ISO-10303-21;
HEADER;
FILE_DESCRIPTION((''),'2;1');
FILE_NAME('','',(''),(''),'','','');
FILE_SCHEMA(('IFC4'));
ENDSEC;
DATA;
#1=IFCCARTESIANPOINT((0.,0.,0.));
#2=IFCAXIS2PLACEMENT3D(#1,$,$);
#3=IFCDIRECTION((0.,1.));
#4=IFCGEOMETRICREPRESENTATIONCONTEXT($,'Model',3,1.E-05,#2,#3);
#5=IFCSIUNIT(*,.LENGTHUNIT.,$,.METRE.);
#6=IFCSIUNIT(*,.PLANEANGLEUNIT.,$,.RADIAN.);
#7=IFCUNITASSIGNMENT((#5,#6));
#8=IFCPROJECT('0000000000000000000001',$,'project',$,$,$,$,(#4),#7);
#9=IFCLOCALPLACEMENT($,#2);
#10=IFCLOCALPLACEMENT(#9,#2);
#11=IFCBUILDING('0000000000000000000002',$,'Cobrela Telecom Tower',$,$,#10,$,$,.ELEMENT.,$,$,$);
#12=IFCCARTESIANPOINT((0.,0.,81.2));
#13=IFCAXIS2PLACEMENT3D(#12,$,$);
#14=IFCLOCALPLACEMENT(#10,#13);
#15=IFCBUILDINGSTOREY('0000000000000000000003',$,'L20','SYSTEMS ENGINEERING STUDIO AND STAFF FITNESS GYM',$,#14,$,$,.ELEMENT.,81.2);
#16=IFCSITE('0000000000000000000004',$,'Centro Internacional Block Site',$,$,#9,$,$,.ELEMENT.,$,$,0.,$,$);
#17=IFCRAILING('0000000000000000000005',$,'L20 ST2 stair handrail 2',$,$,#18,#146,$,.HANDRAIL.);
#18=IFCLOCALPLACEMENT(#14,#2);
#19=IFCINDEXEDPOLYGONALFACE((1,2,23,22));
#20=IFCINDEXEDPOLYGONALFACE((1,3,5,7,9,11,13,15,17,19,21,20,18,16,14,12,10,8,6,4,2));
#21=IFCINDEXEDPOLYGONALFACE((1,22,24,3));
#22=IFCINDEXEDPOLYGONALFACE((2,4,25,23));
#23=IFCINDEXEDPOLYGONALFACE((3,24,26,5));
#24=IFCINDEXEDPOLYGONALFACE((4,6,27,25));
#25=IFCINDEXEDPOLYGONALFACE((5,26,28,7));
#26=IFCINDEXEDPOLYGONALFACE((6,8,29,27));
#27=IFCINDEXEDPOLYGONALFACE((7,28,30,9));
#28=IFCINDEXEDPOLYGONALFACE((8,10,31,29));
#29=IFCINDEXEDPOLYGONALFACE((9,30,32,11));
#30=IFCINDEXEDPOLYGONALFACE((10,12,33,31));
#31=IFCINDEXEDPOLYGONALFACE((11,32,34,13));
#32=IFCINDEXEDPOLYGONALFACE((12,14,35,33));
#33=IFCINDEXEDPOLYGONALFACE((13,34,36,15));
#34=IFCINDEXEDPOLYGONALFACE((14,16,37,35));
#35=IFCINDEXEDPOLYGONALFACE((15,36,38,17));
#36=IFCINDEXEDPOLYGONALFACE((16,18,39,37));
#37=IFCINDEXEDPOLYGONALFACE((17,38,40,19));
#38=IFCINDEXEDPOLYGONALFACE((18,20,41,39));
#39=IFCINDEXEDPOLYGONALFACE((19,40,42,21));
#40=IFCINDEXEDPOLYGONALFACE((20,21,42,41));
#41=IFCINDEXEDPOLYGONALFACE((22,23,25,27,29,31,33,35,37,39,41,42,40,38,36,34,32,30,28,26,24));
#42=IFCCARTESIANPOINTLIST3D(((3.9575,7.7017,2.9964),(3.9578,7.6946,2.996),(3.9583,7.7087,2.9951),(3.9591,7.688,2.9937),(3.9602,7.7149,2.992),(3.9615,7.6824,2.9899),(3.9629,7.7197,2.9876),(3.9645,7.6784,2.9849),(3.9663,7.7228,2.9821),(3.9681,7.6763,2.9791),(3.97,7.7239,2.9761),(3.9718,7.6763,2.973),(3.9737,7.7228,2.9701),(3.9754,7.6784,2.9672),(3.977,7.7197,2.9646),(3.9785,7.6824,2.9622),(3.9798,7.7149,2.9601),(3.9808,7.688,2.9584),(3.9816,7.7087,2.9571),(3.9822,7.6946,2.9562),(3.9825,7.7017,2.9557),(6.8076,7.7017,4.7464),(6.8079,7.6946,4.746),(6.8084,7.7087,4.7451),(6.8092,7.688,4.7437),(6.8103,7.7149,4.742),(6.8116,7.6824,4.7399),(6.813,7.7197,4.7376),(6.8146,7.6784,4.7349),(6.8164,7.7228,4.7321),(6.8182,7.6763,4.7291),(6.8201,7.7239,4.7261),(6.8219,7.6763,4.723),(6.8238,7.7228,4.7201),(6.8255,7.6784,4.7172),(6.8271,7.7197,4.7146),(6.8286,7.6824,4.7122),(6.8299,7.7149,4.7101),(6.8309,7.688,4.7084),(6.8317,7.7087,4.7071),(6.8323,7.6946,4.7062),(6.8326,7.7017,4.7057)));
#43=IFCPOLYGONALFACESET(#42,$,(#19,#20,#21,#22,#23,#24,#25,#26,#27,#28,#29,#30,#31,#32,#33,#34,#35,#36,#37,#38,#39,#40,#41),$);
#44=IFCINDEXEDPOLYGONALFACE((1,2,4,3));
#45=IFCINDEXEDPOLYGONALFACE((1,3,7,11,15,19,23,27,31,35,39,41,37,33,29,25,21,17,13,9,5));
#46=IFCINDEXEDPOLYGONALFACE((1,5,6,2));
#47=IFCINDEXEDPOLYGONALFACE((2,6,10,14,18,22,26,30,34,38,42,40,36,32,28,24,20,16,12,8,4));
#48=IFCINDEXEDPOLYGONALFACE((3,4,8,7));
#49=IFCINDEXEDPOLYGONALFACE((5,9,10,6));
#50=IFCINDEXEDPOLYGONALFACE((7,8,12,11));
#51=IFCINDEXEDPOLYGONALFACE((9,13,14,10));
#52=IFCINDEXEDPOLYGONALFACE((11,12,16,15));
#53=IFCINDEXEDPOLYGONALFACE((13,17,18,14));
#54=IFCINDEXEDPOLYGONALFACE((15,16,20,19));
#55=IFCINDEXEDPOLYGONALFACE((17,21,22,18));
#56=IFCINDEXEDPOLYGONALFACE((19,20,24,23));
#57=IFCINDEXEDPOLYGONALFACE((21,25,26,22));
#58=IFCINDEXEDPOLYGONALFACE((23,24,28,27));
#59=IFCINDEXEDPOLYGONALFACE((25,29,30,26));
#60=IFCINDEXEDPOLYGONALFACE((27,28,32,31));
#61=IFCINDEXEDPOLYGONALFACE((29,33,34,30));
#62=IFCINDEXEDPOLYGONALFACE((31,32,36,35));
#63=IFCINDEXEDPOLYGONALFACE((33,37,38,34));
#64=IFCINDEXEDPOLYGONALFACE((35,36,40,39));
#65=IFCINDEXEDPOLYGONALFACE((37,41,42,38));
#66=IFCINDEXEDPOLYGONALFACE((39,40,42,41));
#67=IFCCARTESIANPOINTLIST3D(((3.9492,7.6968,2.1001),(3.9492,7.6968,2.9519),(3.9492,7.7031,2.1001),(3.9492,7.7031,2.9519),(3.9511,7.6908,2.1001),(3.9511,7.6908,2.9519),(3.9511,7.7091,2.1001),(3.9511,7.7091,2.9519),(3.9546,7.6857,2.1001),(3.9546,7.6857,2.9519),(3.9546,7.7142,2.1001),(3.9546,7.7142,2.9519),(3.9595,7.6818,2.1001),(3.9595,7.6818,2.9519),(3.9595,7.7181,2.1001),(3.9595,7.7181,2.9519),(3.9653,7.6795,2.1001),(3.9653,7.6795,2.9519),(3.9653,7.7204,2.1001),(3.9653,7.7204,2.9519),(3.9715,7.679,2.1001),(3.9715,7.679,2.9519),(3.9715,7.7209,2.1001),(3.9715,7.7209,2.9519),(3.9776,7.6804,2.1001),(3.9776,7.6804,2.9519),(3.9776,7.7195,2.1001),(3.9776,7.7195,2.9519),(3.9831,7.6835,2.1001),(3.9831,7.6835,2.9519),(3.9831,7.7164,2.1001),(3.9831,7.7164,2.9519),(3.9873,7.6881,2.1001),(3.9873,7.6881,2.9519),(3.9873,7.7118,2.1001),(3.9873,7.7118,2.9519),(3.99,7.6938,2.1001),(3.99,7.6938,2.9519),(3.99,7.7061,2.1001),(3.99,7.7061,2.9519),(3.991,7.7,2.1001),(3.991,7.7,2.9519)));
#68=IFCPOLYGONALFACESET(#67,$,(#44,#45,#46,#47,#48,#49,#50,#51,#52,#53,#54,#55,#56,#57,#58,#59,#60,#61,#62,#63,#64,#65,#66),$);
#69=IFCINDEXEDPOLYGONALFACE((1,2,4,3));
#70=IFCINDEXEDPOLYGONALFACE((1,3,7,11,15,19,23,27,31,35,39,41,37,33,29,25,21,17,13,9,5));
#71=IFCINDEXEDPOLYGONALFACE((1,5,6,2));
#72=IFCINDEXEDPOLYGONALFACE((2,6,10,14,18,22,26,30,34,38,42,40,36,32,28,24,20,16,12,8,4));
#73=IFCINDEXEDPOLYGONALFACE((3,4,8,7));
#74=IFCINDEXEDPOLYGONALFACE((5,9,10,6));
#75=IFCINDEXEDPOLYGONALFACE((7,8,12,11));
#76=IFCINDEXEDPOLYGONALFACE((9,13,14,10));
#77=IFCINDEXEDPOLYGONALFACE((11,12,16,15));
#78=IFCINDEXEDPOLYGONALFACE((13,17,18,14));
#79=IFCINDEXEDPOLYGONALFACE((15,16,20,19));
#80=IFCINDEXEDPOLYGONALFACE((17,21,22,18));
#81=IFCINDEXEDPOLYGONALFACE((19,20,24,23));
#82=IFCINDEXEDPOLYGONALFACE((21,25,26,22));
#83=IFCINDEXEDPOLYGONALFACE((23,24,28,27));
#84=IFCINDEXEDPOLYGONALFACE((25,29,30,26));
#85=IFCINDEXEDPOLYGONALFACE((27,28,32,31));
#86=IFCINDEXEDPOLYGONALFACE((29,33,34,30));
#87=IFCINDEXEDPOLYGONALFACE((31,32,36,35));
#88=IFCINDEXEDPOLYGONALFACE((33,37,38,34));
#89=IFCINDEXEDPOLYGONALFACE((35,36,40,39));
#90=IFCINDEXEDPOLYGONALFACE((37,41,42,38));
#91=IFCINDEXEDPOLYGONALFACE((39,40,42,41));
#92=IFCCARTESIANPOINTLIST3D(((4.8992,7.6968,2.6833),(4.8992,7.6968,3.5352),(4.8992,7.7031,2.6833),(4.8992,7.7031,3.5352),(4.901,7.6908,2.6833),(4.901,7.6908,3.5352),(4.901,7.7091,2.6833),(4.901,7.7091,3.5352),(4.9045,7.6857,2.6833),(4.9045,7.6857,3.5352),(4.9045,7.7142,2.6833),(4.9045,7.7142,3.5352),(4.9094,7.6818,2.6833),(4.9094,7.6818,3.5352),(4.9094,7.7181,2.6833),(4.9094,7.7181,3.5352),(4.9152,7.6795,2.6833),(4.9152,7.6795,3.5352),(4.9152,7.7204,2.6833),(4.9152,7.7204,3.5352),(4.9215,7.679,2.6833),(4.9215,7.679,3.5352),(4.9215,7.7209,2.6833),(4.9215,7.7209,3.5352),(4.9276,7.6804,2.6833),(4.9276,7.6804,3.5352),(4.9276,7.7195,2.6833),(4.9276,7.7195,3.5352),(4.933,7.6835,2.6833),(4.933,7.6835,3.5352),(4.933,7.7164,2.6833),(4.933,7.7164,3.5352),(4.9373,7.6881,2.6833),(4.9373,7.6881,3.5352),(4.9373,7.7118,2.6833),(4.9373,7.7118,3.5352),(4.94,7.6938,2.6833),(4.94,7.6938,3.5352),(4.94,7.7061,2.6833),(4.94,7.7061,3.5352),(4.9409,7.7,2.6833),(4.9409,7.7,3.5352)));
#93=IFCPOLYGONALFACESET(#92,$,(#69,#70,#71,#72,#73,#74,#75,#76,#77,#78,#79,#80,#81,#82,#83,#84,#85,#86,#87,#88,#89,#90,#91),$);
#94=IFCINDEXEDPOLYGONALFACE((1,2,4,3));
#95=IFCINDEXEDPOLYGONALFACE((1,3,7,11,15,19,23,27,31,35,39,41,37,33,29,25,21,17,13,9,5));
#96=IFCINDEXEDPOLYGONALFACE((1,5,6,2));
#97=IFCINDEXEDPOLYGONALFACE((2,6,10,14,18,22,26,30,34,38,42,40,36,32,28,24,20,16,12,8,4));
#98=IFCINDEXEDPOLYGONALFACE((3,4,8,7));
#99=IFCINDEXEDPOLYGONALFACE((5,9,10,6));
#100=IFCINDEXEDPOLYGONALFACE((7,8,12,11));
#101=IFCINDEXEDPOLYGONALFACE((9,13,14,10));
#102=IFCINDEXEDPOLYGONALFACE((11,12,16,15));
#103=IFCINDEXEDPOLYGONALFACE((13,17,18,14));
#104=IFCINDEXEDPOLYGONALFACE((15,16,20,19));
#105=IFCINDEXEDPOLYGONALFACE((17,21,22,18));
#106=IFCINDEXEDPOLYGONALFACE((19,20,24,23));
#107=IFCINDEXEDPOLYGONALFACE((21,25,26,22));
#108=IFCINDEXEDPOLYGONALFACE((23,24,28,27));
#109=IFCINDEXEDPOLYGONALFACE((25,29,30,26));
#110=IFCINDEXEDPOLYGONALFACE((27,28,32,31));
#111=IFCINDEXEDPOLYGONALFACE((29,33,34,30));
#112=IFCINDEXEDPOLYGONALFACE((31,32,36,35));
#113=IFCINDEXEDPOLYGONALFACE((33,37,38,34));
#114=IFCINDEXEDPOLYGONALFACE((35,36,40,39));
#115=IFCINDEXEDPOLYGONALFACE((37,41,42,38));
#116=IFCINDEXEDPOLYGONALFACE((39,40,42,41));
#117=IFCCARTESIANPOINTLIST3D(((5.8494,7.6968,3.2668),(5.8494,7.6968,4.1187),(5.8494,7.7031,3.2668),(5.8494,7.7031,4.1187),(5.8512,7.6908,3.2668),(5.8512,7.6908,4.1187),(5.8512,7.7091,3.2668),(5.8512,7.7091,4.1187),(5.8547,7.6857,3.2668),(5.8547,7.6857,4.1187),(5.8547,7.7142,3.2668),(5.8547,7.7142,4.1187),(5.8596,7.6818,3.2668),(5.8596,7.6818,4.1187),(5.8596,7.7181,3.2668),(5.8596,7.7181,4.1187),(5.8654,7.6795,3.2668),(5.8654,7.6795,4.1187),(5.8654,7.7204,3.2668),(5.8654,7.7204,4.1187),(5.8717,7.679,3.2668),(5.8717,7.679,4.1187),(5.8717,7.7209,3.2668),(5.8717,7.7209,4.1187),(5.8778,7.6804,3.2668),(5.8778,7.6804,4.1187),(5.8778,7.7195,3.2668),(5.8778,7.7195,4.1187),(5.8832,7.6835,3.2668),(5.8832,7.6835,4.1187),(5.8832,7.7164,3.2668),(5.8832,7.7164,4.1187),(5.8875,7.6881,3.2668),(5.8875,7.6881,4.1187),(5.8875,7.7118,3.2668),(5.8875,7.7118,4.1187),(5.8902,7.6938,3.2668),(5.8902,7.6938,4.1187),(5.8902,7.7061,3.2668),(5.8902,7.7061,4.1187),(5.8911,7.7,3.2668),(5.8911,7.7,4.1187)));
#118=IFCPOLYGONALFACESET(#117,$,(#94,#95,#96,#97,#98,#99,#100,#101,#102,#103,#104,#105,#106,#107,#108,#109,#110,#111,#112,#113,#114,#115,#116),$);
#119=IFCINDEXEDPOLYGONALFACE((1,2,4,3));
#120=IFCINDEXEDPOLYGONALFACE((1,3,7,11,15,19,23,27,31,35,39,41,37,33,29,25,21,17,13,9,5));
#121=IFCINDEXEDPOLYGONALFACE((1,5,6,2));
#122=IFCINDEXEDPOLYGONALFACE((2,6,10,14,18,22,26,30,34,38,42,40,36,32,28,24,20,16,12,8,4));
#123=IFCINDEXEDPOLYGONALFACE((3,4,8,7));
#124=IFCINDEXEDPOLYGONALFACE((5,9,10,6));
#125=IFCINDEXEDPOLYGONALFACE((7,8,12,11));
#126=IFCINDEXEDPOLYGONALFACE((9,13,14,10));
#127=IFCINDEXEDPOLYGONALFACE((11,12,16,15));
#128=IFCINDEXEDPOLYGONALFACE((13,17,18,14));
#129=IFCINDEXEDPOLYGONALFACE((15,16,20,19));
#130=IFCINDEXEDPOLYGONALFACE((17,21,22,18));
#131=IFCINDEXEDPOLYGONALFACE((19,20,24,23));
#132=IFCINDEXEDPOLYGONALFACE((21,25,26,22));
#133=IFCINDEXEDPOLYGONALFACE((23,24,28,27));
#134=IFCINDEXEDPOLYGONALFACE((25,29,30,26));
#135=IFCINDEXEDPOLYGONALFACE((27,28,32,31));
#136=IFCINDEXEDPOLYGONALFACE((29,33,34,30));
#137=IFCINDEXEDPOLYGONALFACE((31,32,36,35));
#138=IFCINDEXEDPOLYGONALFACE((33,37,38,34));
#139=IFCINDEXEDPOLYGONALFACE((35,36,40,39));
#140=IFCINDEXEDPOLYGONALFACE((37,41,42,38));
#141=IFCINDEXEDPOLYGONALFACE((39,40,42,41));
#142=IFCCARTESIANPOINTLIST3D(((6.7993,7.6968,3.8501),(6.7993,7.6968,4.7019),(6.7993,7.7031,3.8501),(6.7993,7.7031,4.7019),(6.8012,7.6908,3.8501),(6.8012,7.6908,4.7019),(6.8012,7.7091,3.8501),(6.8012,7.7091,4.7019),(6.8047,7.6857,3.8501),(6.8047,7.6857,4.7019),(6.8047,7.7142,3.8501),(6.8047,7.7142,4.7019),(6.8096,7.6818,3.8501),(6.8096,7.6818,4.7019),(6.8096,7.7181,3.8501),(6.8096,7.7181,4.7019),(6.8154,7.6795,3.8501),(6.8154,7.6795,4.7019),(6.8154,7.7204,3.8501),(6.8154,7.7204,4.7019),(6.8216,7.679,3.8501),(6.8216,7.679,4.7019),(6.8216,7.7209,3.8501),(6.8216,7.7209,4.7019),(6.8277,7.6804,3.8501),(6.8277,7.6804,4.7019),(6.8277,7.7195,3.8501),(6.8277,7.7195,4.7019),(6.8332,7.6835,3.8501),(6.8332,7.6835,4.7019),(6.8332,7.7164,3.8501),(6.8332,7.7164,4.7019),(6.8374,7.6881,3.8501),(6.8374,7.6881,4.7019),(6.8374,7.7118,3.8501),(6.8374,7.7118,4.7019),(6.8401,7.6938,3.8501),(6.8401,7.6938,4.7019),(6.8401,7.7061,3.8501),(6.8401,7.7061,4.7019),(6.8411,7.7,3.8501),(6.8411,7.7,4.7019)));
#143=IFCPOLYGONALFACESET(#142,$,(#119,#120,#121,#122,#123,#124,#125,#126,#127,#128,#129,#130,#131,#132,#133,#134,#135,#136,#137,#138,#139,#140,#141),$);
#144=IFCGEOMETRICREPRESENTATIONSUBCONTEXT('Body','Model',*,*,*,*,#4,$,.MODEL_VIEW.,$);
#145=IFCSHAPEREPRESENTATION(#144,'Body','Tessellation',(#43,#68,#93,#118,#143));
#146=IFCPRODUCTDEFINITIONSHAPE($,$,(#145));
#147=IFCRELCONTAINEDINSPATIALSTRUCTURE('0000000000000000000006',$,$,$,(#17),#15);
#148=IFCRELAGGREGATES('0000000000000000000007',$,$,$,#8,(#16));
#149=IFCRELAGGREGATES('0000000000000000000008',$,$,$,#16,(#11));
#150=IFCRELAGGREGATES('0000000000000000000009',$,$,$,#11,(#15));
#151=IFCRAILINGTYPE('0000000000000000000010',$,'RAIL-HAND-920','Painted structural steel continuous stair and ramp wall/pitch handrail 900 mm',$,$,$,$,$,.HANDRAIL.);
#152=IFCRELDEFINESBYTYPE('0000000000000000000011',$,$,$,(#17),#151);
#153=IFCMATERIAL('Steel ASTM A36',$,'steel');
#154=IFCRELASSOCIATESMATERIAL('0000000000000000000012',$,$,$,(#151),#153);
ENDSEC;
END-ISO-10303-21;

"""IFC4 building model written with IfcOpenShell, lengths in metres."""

from ifc_helpers import new_model, si_unit, direction, frame, origin, origin_2d, place, context, subcontext, project, spatial, circle, extrude, material, type_object, element, save


model = new_model("IFC4")

# Units and contexts
model_context = context("Model", 3, precision=1e-05, world=origin(), true_north=direction((0.0, 1.0)))
body_context = subcontext(model_context, "Body", "Model", "MODEL_VIEW")
ifc_project = project(units=[si_unit("LENGTHUNIT", "METRE"), si_unit("PLANEANGLEUNIT", "RADIAN")], contexts=[model_context])

# Site, building, storey
site_placement = place(None, origin())
site = spatial("IfcSite", under=ifc_project, at=site_placement, Name="Centro Internacional Block Site", CompositionType="ELEMENT", RefElevation=0.0)
building_placement = place(site_placement, origin())
building = spatial("IfcBuilding", under=site, at=building_placement, Name="Cobrela Telecom Tower", CompositionType="ELEMENT")
storey_placement = place(building_placement, frame((0.0, 0.0, 81.2)))
storey = spatial("IfcBuildingStorey", under=building, at=storey_placement, Name="L20", Description="SYSTEMS ENGINEERING STUDIO AND STAFF FITNESS GYM", CompositionType="ELEMENT", Elevation=81.2)

# Railing
ifc_material_1 = material(Name="Steel ASTM A36", Category="steel")
railing_type_1 = type_object("IfcRailingType", Name="RAIL-HAND-920", Description="Painted structural steel continuous stair and ramp wall/pitch handrail 900 mm", PredefinedType="HANDRAIL", material=ifc_material_1)
railing_1_placement = place(storey_placement, frame((3.97, 7.7, 2.1001)))
element("IfcRailing", 1, at=railing_1_placement, inside=storey, type_object=railing_type_1, Name="L20 ST2 stair handrail 2", PredefinedType="HANDRAIL", context=body_context, shape_type="SweptSolid", body=[
    extrude(circle(Radius=0.0239, at=origin_2d()), frame((0.0, 0.0, 0.876), z_axis=(0.852179, 0.0, 0.52325), x_axis=(0.0, 1.0, 0.0)), (0.0, 0.0, 1.0), 3.3445),
    extrude(circle(Radius=0.021, at=origin_2d()), origin(), (0.0, 0.0, 1.0), 0.8518),
    extrude(circle(Radius=0.021, at=origin_2d()), frame((0.95, 0.0, 0.5833)), (0.0, 0.0, 1.0), 0.8518),
    extrude(circle(Radius=0.021, at=origin_2d()), frame((1.9001, 0.0, 1.1667)), (0.0, 0.0, 1.0), 0.8518),
    extrude(circle(Radius=0.021, at=origin_2d()), frame((2.8501, 0.0, 1.75)), (0.0, 0.0, 1.0), 0.8518),
])

save(model, "model.ifc")
